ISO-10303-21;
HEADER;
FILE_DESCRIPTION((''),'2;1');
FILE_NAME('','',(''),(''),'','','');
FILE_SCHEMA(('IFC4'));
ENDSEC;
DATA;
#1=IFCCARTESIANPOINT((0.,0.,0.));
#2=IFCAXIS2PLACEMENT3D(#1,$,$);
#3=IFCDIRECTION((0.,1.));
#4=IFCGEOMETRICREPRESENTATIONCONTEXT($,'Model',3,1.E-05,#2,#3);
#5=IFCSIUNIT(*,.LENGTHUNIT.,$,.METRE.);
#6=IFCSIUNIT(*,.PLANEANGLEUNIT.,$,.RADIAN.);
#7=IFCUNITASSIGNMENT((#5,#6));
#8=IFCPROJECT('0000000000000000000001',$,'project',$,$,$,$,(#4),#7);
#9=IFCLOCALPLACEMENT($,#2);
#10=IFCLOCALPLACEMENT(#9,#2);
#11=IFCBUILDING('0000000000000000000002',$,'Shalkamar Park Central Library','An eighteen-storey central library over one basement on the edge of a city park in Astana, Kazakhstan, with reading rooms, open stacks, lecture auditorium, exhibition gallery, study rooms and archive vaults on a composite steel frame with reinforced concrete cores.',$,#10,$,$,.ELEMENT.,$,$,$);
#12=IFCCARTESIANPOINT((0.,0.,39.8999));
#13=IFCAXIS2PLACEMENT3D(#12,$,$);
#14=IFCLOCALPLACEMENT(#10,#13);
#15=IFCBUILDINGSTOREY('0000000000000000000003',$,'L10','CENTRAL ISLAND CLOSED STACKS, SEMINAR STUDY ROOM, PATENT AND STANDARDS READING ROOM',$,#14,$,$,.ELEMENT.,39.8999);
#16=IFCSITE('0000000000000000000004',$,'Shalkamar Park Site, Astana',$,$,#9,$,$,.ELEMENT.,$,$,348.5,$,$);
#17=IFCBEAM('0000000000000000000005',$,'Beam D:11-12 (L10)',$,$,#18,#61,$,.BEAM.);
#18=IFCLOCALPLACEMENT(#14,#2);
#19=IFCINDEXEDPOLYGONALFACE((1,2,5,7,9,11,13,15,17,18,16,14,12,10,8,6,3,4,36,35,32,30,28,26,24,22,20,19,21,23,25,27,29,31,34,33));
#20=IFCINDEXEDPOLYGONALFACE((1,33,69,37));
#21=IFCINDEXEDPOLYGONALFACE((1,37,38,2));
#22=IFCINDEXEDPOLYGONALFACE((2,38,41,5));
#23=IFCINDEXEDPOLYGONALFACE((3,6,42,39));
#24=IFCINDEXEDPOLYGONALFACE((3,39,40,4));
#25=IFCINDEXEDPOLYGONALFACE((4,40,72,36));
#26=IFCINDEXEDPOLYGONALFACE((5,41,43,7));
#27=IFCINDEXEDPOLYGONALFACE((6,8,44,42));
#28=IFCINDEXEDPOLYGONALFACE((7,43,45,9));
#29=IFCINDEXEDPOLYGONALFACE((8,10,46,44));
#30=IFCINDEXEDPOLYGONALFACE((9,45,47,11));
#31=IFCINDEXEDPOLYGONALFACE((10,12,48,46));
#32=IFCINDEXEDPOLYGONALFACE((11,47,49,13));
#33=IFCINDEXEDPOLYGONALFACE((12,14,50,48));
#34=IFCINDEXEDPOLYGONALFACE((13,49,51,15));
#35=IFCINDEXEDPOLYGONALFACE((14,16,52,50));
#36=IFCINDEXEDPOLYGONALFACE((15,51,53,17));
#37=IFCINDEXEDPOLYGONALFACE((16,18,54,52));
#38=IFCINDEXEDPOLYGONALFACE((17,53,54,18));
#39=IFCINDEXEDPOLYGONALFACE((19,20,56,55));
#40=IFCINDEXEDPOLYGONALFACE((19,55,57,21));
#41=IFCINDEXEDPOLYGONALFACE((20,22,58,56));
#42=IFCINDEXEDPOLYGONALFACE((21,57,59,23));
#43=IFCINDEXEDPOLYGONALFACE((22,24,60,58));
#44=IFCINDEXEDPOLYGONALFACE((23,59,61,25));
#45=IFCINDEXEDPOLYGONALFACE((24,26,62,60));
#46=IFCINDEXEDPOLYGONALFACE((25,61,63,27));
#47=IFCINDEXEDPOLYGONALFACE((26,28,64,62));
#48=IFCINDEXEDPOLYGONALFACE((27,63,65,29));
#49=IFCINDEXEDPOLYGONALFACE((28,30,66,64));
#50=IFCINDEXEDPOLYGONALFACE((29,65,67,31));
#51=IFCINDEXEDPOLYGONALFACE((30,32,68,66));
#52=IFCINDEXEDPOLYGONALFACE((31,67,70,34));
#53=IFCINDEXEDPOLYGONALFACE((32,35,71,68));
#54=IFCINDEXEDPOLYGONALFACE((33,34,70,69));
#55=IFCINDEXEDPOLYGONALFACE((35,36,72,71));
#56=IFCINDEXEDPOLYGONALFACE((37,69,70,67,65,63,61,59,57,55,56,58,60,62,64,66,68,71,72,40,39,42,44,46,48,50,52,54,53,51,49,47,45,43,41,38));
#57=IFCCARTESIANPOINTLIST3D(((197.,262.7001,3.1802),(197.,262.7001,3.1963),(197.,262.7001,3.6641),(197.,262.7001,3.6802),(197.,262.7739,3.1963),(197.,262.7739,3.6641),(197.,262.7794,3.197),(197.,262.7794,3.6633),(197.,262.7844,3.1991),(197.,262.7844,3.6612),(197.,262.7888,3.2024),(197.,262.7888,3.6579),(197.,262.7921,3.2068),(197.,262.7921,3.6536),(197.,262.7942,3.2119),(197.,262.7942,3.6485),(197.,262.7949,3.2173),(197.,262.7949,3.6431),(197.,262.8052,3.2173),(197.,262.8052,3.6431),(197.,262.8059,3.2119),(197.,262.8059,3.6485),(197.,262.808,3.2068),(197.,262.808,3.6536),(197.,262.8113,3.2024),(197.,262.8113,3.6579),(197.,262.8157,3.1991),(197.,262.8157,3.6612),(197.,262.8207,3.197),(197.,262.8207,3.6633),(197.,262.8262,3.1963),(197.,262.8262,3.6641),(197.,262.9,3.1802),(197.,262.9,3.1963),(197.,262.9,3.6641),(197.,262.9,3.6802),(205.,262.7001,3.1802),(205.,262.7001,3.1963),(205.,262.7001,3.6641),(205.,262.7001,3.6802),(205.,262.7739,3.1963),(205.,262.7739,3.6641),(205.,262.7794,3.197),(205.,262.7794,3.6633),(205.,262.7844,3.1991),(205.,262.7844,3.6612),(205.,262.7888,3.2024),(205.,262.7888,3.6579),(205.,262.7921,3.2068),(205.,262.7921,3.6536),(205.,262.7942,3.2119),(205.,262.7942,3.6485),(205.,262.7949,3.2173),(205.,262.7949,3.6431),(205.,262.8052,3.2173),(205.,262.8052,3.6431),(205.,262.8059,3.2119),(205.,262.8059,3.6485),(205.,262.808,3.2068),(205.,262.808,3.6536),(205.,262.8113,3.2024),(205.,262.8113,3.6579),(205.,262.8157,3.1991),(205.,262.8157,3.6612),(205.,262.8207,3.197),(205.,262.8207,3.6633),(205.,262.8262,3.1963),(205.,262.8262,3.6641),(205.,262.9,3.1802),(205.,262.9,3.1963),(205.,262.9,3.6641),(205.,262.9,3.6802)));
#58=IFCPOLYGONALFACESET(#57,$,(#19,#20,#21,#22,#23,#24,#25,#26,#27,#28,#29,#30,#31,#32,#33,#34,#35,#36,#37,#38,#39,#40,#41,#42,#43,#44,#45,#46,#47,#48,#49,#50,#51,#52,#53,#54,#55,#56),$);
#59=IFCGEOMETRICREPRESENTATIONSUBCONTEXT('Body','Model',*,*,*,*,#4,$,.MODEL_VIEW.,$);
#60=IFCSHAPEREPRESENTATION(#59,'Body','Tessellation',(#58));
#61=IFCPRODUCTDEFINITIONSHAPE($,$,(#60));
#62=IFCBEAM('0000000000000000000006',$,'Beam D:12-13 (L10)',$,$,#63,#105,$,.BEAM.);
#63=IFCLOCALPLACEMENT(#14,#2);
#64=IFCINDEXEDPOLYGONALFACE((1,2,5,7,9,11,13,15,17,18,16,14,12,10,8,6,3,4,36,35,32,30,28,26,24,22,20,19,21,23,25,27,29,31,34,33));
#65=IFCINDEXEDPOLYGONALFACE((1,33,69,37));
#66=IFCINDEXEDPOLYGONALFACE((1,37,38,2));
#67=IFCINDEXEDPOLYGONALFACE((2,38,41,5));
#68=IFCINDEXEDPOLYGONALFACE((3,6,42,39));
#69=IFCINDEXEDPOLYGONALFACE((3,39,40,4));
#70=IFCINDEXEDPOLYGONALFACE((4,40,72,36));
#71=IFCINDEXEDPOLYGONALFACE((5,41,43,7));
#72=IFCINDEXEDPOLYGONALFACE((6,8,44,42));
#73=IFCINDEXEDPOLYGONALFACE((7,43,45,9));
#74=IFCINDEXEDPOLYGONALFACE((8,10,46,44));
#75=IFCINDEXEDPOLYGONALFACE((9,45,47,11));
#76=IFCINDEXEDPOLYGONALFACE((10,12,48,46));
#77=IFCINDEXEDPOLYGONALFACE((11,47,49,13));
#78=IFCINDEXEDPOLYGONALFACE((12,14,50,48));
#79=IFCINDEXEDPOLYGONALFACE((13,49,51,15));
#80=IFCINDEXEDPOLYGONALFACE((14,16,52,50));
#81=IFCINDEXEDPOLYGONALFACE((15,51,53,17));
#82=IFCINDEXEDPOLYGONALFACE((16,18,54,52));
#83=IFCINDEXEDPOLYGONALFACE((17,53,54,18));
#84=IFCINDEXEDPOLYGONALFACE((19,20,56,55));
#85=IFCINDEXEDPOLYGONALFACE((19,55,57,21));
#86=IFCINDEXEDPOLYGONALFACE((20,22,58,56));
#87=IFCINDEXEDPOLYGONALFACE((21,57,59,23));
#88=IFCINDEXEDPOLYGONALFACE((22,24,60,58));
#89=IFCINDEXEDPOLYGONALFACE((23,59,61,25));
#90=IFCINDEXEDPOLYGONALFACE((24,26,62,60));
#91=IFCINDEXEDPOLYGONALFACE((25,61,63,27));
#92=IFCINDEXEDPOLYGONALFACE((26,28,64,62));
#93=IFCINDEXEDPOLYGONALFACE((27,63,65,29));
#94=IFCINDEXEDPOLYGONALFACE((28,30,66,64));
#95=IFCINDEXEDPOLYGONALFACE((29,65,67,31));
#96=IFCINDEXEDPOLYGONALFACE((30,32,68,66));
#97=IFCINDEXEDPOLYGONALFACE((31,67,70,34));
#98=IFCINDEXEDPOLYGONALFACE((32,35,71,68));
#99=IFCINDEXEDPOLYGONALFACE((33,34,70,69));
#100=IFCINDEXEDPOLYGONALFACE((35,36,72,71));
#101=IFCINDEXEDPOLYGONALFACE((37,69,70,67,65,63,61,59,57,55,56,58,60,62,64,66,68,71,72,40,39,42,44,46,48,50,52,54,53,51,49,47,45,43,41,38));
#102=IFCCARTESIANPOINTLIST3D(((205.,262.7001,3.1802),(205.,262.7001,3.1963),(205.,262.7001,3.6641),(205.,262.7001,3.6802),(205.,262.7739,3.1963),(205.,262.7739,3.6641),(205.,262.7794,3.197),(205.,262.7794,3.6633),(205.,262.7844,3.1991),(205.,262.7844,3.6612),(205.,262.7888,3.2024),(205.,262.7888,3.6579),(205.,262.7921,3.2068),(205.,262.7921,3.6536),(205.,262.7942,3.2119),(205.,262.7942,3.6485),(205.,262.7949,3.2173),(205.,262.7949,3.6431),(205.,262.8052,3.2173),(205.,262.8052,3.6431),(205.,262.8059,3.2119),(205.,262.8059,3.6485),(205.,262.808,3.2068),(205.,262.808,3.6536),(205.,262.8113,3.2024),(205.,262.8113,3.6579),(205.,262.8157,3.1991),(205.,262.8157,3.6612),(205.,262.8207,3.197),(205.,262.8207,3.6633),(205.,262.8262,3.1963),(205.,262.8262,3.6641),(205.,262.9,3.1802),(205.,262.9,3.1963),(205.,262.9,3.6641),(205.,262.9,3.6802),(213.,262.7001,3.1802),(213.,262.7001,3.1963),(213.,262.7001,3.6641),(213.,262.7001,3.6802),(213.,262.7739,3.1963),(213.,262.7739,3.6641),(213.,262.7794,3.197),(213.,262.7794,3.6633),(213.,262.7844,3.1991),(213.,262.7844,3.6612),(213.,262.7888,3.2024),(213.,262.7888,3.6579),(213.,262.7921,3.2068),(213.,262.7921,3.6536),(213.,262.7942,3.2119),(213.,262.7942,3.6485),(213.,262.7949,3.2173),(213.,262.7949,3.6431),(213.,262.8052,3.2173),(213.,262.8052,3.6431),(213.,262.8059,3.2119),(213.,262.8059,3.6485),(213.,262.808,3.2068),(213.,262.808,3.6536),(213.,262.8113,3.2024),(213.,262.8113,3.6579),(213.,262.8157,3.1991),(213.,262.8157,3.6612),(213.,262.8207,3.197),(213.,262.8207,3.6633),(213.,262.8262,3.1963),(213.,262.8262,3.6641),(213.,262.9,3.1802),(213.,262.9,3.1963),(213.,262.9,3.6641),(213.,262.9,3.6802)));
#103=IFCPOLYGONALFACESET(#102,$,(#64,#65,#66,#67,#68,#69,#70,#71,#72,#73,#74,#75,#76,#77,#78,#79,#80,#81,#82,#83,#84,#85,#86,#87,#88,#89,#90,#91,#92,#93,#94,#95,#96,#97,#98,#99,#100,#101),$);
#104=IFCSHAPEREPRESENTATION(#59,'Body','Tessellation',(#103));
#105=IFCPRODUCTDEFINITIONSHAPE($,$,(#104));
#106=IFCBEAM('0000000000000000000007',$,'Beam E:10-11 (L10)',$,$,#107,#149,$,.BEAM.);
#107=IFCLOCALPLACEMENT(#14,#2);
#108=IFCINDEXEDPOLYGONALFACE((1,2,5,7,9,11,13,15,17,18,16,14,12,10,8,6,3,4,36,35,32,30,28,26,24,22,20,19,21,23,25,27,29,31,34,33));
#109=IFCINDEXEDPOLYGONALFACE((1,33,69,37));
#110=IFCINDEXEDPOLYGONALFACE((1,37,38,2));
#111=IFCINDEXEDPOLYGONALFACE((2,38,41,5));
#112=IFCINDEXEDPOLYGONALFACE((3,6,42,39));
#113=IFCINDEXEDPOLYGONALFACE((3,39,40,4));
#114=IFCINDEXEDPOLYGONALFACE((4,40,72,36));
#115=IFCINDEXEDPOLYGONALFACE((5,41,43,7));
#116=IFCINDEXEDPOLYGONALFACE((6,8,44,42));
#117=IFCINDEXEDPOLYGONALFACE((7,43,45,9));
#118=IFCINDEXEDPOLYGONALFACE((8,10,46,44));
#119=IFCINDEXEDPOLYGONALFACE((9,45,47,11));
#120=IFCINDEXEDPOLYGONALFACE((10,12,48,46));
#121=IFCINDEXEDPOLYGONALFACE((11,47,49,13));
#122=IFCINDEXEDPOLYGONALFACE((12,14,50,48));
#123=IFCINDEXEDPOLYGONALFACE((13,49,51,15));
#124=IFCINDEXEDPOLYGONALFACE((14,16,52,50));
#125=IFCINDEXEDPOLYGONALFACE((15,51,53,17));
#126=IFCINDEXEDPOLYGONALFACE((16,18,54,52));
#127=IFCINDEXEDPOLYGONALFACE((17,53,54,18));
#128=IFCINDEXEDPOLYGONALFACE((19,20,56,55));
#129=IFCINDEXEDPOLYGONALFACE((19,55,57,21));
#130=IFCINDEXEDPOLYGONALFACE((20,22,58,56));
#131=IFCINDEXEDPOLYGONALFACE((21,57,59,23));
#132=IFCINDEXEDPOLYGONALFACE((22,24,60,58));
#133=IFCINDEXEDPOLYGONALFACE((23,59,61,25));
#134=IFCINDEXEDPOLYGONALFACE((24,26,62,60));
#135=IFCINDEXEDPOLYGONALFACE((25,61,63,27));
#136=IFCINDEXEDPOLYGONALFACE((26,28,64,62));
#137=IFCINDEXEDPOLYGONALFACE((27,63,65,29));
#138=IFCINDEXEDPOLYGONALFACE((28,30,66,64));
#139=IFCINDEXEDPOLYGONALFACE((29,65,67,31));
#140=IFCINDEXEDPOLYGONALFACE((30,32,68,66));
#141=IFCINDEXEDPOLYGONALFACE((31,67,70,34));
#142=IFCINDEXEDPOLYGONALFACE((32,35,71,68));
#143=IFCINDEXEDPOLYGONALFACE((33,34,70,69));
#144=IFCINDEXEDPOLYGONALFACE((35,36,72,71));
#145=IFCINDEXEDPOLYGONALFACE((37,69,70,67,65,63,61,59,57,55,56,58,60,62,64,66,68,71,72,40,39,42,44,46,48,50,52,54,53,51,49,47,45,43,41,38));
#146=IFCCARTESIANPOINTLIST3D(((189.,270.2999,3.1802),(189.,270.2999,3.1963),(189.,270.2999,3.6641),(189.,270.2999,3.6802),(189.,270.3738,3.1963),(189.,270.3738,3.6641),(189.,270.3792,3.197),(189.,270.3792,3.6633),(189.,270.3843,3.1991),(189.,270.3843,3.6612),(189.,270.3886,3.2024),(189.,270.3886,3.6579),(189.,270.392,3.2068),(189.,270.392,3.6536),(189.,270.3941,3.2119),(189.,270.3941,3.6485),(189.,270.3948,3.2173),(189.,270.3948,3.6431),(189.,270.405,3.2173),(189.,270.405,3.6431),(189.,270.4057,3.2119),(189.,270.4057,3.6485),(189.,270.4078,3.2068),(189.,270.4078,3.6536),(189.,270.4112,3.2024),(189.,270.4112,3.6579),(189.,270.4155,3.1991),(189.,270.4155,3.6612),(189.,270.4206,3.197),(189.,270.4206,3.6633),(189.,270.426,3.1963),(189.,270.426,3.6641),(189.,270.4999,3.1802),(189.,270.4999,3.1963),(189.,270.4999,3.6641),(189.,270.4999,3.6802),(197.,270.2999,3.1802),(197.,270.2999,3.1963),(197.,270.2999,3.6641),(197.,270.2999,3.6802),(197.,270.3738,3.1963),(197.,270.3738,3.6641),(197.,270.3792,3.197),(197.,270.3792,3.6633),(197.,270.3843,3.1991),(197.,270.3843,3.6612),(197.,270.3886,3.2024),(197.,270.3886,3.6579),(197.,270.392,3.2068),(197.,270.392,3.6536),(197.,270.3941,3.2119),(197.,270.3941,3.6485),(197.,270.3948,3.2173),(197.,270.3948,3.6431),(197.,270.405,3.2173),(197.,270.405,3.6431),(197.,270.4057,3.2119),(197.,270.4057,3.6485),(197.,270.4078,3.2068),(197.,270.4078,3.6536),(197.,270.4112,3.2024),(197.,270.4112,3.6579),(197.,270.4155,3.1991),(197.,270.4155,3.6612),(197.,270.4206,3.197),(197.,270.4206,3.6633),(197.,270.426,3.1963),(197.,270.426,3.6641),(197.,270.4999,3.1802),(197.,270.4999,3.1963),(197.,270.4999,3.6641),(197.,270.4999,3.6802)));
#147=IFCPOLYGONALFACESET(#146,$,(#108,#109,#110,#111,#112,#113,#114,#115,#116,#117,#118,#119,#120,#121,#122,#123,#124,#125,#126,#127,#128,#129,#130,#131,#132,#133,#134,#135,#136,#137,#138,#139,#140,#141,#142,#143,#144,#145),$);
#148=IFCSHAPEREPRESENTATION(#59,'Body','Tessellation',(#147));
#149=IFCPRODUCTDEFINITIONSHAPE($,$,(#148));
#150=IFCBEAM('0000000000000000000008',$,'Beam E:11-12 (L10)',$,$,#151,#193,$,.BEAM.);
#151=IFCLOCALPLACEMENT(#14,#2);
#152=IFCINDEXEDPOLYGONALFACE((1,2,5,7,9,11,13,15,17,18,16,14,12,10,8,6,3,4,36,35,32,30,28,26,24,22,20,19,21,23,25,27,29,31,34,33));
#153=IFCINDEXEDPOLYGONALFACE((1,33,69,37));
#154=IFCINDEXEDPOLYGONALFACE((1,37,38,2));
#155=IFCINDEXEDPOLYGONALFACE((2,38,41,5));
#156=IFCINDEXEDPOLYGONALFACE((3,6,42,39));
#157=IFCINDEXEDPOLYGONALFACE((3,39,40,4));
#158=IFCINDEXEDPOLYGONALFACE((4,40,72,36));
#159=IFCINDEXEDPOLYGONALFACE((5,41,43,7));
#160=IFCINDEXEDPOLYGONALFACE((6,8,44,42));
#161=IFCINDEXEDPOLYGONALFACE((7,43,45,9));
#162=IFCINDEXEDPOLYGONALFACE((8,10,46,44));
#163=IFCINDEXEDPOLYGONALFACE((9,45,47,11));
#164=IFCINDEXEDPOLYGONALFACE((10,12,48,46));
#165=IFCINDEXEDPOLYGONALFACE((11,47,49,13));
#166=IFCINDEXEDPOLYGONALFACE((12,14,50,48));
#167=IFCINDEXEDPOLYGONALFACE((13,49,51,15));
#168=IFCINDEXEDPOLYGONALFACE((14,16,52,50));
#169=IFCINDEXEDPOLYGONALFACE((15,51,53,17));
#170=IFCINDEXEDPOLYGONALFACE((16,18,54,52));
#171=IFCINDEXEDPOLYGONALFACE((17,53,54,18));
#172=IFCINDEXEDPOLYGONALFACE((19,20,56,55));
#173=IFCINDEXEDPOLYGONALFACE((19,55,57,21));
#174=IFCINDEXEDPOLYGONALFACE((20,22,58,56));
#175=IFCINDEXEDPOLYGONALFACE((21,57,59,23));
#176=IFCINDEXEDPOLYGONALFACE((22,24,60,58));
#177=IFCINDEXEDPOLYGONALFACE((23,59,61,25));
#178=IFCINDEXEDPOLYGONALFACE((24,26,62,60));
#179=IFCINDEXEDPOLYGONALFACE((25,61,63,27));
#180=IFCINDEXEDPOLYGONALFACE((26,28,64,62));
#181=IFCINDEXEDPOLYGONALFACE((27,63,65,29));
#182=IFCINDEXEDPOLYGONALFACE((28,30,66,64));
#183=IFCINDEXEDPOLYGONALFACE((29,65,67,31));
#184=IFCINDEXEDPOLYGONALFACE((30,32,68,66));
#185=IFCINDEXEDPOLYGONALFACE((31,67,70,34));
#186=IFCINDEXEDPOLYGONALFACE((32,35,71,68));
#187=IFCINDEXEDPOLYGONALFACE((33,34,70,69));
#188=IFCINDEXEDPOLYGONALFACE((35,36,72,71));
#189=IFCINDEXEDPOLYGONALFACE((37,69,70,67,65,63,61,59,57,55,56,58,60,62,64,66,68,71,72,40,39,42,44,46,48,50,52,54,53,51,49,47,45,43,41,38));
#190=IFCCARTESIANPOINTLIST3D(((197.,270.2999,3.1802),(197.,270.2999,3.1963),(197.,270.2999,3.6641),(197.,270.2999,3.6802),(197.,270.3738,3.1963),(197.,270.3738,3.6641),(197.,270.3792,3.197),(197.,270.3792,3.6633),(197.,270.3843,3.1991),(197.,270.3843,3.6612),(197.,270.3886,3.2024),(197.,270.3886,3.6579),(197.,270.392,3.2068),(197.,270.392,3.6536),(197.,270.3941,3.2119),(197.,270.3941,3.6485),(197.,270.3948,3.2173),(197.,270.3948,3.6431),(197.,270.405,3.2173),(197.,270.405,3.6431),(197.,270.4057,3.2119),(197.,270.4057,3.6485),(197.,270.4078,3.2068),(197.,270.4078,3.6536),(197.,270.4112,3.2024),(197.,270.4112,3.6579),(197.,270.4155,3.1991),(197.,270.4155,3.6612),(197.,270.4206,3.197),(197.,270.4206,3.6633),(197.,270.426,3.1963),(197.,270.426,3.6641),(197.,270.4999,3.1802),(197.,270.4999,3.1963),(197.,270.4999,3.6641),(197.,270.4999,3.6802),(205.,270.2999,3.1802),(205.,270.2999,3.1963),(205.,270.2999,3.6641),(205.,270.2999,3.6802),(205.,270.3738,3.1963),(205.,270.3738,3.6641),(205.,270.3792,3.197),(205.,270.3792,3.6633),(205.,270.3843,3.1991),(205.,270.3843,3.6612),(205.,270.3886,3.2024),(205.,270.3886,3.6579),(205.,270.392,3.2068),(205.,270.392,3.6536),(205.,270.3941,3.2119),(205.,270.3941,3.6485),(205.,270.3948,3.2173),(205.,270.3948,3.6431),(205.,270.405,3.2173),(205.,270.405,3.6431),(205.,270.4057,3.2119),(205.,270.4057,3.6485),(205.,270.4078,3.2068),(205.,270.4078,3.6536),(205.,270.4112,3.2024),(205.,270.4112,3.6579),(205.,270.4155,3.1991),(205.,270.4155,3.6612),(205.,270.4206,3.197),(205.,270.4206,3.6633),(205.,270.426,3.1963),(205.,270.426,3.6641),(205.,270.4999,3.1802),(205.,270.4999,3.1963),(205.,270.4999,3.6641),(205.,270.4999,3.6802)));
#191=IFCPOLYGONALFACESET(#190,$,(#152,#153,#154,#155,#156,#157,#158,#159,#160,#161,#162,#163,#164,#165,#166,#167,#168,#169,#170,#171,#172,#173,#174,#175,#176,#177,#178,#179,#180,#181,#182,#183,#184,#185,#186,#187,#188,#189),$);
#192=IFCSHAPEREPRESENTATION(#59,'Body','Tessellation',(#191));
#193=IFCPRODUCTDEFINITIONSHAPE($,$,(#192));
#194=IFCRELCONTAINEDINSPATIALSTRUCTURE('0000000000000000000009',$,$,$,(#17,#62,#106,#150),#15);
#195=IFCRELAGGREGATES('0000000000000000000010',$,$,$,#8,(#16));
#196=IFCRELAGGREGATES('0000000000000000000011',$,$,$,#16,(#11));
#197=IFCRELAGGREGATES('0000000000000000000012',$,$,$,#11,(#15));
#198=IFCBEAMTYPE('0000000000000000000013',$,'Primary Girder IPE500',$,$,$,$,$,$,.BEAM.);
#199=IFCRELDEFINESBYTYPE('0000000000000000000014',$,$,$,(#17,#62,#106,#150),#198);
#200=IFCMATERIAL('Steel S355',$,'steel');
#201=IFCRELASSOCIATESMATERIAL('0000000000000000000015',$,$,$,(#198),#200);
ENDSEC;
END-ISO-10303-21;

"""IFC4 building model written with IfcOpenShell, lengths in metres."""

from ifc_helpers import new_model, si_unit, direction, frame, origin, origin_2d, place, context, subcontext, project, spatial, i_section, extrude, material, material_profile, profile_set, type_object, element, save


model = new_model("IFC4")

# Units and contexts
model_context = context("Model", 3, precision=1e-05, world=origin(), true_north=direction((0.0, 1.0)))
body_context = subcontext(model_context, "Body", "Model", "MODEL_VIEW")
ifc_project = project(units=[si_unit("LENGTHUNIT", "METRE"), si_unit("PLANEANGLEUNIT", "RADIAN")], contexts=[model_context])

# Site, building, storey
site_placement = place(None, origin())
site = spatial("IfcSite", under=ifc_project, at=site_placement, Name="Shalkamar Park Site, Astana", CompositionType="ELEMENT", RefElevation=348.5)
building_placement = place(site_placement, origin())
building = spatial("IfcBuilding", under=site, at=building_placement, Name="Shalkamar Park Central Library", Description="An eighteen-storey central library over one basement on the edge of a city park in Astana, Kazakhstan, with reading rooms, open stacks, lecture auditorium, exhibition gallery, study rooms and archive vaults on a composite steel frame with reinforced concrete cores.", CompositionType="ELEMENT")
storey_placement = place(building_placement, frame((0.0, 0.0, 39.8999)))
storey = spatial("IfcBuildingStorey", under=building, at=storey_placement, Name="L10", Description="CENTRAL ISLAND CLOSED STACKS, SEMINAR STUDY ROOM, PATENT AND STANDARDS READING ROOM", CompositionType="ELEMENT", Elevation=39.8999)

# Shared definitions
ifc_material_1 = material(Name="Steel S355", Category="steel")

# Beams
ifc_material_profile_1 = material_profile(ifc_material_1, i_section(OverallWidth=0.2, OverallDepth=0.5, WebThickness=0.0103, FlangeThickness=0.0161, FilletRadius=0.021, at=origin_2d()), Name="IPE 500")
ifc_profile_set_1 = profile_set([ifc_material_profile_1], Name="Steel S355")
beam_type_1 = type_object("IfcBeamType", Name="Primary Girder IPE500", PredefinedType="BEAM", material=ifc_profile_set_1)
for number, where, z_axis, x_axis, name in (
    (1, (197.0, 262.8, 3.4302), (1.0, 0.0, 0.0), (0.0, 1.0, 0.0), "Beam D:11-12 (L10)"),
    (2, (205.0, 262.8, 3.4302), (1.0, 0.0, 0.0), (0.0, 1.0, 0.0), "Beam D:12-13 (L10)"),
    (3, (189.0, 270.3999, 3.4302), (1.0, 0.0, 0.0), (0.0, 1.0, 0.0), "Beam E:10-11 (L10)"),
    (4, (197.0, 270.3999, 3.4302), (1.0, 0.0, 0.0), (0.0, 1.0, 0.0), "Beam E:11-12 (L10)"),
):
    element("IfcBeam", number, at=place(storey_placement, frame(where, z_axis=z_axis, x_axis=x_axis)), inside=storey, type_object=beam_type_1, Name=name, PredefinedType="BEAM", context=body_context, shape_type="SweptSolid", body=[
        extrude(i_section(OverallWidth=0.2, OverallDepth=0.5, WebThickness=0.0103, FlangeThickness=0.0161, FilletRadius=0.021, at=origin_2d()), origin(), (0.0, 0.0, 1.0), 8.0),
    ])

save(model, "model.ifc")
